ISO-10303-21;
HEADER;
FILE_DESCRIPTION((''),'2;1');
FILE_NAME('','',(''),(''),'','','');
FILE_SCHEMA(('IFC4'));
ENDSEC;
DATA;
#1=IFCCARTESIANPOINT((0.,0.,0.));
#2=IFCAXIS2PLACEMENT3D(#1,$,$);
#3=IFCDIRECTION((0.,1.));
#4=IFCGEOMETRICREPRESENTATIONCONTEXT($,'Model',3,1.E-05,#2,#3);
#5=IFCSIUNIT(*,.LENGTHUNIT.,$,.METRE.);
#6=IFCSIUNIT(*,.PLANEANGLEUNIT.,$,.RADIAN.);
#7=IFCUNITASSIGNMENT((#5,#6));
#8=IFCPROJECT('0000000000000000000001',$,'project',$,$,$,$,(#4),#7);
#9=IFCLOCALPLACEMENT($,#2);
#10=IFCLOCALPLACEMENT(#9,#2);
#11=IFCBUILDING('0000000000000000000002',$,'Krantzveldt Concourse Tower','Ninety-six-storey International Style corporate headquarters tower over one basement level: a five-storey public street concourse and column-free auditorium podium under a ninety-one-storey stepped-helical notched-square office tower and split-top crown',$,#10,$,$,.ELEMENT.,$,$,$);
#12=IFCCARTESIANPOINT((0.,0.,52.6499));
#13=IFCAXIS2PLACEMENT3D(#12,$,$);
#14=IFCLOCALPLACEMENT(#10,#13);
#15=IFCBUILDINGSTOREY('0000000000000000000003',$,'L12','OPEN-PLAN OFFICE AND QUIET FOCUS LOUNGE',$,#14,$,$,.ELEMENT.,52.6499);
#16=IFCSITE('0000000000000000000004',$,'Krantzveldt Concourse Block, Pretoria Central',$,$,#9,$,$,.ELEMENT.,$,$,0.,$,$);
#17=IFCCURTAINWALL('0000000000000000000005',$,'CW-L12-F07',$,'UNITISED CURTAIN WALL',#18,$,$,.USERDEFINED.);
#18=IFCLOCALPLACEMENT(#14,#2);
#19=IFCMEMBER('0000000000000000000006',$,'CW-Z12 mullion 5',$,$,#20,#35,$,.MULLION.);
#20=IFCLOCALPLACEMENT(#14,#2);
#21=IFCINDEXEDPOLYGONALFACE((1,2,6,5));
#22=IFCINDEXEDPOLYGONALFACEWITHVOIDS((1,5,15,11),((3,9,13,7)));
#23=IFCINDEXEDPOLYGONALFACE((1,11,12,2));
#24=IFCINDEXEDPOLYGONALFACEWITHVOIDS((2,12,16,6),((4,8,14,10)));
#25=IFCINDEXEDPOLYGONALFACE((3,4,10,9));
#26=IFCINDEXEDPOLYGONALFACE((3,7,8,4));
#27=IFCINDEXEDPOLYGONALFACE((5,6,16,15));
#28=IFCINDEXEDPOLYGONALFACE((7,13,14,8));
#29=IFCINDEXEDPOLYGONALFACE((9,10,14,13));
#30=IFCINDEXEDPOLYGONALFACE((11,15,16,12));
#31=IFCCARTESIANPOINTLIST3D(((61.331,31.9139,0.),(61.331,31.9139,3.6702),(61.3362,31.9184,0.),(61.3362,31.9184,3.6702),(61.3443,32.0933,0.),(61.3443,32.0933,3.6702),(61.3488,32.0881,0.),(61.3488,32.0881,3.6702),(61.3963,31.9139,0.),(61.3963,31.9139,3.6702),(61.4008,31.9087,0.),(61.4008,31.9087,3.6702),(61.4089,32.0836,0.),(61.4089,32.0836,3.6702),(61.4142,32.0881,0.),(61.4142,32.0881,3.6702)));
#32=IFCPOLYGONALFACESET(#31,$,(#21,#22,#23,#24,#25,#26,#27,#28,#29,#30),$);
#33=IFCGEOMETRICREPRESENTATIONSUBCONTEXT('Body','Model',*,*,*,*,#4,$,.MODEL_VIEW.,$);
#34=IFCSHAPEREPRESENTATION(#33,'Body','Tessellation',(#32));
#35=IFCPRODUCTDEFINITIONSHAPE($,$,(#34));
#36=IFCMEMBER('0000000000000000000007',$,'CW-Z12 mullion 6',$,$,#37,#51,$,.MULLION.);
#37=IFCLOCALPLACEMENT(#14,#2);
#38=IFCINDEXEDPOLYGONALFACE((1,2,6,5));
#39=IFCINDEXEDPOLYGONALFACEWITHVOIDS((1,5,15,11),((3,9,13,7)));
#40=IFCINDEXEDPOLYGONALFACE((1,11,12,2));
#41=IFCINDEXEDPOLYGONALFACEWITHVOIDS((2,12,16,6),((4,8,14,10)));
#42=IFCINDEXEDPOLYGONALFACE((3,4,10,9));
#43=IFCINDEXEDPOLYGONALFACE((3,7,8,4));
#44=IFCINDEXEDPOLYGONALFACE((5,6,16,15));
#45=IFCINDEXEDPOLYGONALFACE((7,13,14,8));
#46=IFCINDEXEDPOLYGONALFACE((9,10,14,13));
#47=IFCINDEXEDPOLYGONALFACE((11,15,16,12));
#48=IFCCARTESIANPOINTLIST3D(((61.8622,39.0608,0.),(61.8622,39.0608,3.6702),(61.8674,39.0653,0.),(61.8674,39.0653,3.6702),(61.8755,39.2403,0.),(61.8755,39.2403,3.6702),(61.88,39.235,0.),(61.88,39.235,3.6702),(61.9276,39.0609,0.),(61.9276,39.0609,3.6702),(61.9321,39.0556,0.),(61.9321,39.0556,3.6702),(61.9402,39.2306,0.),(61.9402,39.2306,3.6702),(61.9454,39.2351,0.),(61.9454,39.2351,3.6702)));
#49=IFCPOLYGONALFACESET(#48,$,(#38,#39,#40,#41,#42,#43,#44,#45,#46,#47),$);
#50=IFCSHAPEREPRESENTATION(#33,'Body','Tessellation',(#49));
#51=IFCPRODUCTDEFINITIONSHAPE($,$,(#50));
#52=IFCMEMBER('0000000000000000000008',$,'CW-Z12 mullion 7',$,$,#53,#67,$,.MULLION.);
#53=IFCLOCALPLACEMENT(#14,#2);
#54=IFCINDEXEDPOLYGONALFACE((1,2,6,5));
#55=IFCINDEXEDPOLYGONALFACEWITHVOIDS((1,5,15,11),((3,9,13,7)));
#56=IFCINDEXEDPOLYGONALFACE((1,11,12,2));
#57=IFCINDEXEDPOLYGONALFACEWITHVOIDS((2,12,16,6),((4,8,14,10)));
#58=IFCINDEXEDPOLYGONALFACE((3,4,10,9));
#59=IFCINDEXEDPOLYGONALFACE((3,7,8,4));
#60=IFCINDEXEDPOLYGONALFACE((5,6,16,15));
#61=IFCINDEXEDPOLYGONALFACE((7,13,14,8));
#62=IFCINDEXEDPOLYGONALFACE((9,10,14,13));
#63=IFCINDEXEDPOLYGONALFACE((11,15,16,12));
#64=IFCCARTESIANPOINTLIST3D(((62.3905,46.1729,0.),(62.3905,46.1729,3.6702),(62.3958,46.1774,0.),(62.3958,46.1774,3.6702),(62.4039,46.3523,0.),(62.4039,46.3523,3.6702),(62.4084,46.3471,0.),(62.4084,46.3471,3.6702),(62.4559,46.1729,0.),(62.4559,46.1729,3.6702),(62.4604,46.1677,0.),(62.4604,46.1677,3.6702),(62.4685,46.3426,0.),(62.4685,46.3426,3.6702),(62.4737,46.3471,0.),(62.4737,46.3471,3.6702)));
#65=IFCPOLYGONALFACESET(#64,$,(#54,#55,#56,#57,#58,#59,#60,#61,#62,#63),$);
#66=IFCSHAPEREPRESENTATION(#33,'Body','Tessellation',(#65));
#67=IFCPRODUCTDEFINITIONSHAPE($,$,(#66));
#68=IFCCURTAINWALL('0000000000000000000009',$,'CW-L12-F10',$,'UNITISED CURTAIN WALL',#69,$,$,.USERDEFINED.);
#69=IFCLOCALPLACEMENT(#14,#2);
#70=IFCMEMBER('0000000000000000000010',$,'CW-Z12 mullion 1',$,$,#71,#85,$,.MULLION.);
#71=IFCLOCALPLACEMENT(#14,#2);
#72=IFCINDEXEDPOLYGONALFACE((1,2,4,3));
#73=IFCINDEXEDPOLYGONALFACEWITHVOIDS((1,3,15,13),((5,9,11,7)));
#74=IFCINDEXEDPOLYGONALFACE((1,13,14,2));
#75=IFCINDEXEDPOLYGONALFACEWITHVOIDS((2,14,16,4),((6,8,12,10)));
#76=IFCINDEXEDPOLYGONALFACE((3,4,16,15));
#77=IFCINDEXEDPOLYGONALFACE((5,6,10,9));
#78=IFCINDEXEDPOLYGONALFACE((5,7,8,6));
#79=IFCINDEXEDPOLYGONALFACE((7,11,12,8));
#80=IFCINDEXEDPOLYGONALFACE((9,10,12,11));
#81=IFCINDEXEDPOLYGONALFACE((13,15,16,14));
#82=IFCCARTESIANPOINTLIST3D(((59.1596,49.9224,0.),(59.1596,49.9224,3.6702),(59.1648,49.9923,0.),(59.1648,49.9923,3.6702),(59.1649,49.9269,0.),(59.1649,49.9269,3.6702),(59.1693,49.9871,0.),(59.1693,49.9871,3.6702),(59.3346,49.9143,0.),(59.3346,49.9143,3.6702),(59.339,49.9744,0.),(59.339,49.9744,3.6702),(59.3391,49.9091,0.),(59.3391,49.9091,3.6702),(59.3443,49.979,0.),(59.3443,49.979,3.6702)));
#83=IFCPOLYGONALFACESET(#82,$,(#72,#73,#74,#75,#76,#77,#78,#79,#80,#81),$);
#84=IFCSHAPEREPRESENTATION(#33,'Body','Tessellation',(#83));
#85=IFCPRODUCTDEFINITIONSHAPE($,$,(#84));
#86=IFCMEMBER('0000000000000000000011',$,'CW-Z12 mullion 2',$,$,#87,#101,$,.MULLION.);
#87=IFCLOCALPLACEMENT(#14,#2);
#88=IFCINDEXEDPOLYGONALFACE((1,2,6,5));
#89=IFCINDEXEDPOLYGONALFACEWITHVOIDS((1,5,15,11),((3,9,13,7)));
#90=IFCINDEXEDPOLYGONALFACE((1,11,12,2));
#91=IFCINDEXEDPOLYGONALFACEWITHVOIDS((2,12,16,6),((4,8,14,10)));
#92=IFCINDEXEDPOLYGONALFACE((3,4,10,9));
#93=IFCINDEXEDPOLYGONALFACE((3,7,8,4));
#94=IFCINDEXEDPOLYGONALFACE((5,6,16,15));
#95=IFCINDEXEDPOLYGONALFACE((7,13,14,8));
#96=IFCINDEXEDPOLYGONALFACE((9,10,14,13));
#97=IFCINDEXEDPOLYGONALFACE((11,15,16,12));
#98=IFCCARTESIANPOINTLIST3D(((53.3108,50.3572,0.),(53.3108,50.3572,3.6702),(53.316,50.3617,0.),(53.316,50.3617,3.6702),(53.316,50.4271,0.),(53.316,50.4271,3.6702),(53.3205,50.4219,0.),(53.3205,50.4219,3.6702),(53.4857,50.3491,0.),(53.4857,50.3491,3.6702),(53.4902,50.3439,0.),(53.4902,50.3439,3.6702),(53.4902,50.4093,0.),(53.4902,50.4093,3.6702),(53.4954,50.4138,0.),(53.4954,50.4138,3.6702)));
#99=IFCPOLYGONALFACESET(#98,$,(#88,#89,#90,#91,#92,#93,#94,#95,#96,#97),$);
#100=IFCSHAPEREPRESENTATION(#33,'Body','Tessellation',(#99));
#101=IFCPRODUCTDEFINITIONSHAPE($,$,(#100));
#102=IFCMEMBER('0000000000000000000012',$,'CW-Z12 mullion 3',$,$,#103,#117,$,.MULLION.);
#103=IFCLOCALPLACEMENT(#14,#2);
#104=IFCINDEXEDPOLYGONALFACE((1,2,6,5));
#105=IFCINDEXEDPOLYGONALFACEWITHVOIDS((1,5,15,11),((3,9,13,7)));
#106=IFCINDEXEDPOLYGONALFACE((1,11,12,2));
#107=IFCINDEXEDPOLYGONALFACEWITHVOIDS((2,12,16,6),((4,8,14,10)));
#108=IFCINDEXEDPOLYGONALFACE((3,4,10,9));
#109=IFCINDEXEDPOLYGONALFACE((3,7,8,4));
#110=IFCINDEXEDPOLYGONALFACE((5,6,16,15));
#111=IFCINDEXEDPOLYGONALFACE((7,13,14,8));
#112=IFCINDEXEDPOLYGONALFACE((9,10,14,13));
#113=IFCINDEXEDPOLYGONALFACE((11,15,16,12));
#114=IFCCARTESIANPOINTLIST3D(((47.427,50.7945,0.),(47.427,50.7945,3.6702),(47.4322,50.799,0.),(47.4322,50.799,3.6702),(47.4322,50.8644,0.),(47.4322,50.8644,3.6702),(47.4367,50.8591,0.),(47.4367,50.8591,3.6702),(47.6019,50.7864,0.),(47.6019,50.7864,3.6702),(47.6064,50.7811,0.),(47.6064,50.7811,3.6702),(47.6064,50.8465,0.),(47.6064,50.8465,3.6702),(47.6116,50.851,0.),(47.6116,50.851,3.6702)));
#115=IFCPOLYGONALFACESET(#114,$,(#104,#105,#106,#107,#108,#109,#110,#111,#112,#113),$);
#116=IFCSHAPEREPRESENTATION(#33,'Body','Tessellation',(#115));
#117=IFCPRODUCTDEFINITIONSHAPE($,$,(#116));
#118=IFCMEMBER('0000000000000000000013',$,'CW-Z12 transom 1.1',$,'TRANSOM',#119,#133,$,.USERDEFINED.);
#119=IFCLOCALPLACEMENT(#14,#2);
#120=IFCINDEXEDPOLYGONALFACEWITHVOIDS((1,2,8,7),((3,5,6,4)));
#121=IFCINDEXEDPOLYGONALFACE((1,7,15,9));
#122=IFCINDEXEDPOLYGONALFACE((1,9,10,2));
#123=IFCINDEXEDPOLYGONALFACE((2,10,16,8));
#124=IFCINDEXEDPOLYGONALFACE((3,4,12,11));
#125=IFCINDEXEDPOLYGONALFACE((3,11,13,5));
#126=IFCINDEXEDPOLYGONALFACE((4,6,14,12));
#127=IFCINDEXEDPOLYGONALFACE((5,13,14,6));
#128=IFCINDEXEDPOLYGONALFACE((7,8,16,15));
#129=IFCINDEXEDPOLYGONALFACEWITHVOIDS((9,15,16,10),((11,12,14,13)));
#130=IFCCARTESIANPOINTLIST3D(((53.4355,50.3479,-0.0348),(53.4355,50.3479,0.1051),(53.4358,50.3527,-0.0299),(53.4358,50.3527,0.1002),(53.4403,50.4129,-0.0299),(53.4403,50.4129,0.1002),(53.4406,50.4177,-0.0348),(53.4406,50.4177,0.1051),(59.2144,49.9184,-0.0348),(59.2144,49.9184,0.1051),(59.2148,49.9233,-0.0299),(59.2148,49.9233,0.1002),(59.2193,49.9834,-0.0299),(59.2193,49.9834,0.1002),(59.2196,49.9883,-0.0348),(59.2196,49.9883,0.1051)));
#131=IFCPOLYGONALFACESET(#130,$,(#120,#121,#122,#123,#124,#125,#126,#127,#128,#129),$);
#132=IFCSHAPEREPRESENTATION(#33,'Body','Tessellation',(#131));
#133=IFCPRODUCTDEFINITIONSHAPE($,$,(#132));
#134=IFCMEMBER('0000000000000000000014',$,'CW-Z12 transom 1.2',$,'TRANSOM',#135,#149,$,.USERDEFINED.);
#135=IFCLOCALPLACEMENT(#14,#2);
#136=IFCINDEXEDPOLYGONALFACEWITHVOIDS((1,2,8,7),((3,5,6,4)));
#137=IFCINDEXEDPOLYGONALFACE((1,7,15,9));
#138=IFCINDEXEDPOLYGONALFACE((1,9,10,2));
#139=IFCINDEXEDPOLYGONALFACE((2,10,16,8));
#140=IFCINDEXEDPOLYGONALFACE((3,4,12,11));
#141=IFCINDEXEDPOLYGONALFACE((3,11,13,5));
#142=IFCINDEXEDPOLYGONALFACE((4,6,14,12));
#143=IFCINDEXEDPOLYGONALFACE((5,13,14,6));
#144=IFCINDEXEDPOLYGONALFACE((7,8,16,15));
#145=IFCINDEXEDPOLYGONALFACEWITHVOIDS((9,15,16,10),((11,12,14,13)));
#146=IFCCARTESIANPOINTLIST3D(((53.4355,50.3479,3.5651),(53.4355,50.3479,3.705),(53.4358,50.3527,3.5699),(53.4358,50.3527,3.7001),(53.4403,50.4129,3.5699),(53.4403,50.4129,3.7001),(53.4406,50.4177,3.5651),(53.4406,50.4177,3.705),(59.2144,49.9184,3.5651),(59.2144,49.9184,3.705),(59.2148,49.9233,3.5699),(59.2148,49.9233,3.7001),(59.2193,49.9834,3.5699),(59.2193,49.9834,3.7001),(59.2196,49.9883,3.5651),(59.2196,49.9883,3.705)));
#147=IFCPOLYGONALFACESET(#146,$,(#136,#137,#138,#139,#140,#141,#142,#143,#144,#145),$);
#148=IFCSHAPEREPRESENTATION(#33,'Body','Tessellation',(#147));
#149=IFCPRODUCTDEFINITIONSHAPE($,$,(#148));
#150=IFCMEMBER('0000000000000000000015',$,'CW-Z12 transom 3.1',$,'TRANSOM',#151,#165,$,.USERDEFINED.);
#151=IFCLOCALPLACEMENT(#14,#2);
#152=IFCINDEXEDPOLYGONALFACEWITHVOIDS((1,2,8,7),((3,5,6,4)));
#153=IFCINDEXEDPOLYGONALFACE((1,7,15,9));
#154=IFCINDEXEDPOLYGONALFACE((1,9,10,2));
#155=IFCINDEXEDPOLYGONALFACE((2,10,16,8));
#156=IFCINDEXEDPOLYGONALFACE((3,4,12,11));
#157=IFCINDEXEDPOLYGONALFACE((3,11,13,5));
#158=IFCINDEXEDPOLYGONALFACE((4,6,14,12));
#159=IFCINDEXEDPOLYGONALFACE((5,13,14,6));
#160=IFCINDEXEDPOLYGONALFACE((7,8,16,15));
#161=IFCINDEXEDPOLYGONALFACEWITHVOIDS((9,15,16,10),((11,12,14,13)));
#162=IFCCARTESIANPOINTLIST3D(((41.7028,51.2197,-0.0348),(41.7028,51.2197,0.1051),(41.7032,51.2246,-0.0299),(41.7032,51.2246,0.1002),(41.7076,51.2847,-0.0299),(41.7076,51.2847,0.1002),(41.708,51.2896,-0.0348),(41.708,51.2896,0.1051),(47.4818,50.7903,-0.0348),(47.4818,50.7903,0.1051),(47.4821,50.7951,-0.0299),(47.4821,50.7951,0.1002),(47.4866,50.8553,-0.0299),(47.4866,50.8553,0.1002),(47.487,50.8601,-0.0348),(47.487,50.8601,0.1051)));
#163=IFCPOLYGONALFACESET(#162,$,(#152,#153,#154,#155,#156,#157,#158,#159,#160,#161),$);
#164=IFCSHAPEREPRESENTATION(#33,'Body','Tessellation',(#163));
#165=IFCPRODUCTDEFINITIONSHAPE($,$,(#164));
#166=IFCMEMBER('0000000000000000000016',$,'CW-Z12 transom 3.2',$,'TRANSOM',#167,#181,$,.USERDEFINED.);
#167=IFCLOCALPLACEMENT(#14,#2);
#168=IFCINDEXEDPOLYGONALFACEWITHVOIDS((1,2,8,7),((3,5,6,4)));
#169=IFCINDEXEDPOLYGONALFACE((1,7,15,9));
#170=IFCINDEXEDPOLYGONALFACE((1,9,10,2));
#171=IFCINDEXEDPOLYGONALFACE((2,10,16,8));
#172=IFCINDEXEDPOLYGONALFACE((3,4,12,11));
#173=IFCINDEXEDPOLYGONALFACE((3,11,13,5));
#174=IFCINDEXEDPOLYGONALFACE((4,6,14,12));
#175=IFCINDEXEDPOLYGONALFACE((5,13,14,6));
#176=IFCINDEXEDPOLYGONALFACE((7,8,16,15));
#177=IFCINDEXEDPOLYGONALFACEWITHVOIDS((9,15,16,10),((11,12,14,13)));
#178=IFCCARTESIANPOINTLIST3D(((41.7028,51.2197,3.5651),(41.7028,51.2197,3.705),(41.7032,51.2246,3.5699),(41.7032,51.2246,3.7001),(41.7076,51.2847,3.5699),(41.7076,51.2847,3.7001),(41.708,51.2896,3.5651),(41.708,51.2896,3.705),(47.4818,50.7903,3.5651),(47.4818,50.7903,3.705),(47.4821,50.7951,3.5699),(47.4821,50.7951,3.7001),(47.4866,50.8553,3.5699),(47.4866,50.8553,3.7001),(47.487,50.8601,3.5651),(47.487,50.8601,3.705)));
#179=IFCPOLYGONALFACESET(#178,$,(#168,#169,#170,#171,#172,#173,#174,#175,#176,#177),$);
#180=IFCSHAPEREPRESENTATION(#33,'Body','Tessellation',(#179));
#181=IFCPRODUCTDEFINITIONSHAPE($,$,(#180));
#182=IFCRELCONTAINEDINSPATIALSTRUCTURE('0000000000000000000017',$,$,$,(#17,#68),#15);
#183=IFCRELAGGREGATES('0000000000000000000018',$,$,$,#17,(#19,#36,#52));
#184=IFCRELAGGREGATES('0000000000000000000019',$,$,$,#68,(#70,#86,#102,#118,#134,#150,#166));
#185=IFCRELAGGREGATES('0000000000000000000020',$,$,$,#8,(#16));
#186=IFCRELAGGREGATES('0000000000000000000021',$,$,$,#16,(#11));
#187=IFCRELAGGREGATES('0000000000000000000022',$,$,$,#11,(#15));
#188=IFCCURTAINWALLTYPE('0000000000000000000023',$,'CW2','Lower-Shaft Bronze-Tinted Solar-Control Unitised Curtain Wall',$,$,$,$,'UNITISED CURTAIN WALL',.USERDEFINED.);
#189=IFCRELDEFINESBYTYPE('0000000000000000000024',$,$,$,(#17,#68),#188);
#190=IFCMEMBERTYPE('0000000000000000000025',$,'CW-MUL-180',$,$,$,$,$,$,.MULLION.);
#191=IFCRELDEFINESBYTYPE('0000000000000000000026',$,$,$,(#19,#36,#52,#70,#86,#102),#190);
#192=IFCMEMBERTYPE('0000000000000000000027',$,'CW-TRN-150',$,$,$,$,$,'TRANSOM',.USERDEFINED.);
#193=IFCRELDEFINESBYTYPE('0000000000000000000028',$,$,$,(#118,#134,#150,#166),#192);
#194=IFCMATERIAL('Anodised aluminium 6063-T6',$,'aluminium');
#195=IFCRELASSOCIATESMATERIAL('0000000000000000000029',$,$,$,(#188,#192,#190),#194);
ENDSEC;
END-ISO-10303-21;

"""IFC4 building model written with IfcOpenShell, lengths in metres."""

from ifc_helpers import new_model, si_unit, direction, frame, origin, origin_2d, place, context, subcontext, project, spatial, hollow_rectangle, extrude, source, transform, mapped, material, material_profile, profile_set, type_object, type_shapes, element, aggregate, save


model = new_model("IFC4")

# Units and contexts
model_context = context("Model", 3, precision=1e-05, world=origin(), true_north=direction((0.0, 1.0)))
body_context = subcontext(model_context, "Body", "Model", "MODEL_VIEW")
ifc_project = project(units=[si_unit("LENGTHUNIT", "METRE"), si_unit("PLANEANGLEUNIT", "RADIAN")], contexts=[model_context])

# Site, building, storey
site_placement = place(None, origin())
site = spatial("IfcSite", under=ifc_project, at=site_placement, Name="Krantzveldt Concourse Block, Pretoria Central", CompositionType="ELEMENT", RefElevation=0.0)
building_placement = place(site_placement, origin())
building = spatial("IfcBuilding", under=site, at=building_placement, Name="Krantzveldt Concourse Tower", Description="Ninety-six-storey International Style corporate headquarters tower over one basement level: a five-storey public street concourse and column-free auditorium podium under a ninety-one-storey stepped-helical notched-square office tower and split-top crown", CompositionType="ELEMENT")
storey_placement = place(building_placement, frame((0.0, 0.0, 52.6499)))
storey = spatial("IfcBuildingStorey", under=building, at=storey_placement, Name="L12", Description="OPEN-PLAN OFFICE AND QUIET FOCUS LOUNGE", CompositionType="ELEMENT", Elevation=52.6499)

# Curtain walls, members
ifc_material_1 = material(Name="Anodised aluminium 6063-T6", Category="aluminium")
curtain_wall_type = type_object("IfcCurtainWallType", Name="CW2", Description="Lower-Shaft Bronze-Tinted Solar-Control Unitised Curtain Wall", ElementType="UNITISED CURTAIN WALL", PredefinedType="USERDEFINED", material=ifc_material_1)
curtain_wall_1_placement = place(storey_placement, origin())
curtain_wall_1 = element("IfcCurtainWall", 1, at=curtain_wall_1_placement, inside=storey, type_object=curtain_wall_type, Name="CW-L12-F07", ObjectType="UNITISED CURTAIN WALL", PredefinedType="USERDEFINED")
ifc_material_profile_1 = material_profile(ifc_material_1, hollow_rectangle(XDim=0.0701, YDim=0.1399, WallThickness=0.0049, at=origin_2d()), Name="Anodised aluminium 6063-T6", Category="aluminium")
ifc_profile_set_1 = profile_set([ifc_material_profile_1], Name="Anodised aluminium 6063-T6 - ALU-TRAN 140x70x5")
member_type_1 = type_object("IfcMemberType", Name="CW-TRN-150", ElementType="TRANSOM", PredefinedType="USERDEFINED", material=ifc_profile_set_1)
ifc_material_profile_2 = material_profile(ifc_material_1, hollow_rectangle(XDim=0.0701, YDim=0.1799, WallThickness=0.0049, at=origin_2d()), Name="Anodised aluminium 6063-T6", Category="aluminium")
ifc_profile_set_2 = profile_set([ifc_material_profile_2], Name="Anodised aluminium 6063-T6 - ALU-MULL 180x70x5")
member_type_2 = type_object("IfcMemberType", Name="CW-MUL-180", PredefinedType="MULLION", material=ifc_profile_set_2)
shared_shape_1 = source(origin(), body_context, "Body", "SweptSolid", [
    extrude(hollow_rectangle(XDim=0.0701, YDim=0.1799, WallThickness=0.0049, at=origin_2d()), origin(), (0.0, 0.0, 1.0), 3.6702),
])
type_shapes(member_type_2, [shared_shape_1])
member_1_placement = place(storey_placement, frame((61.3726, 32.001, 0.0), z_axis=(0.0, 0.0, 1.0), x_axis=(-0.99725, 0.074109, 0.0)))
member_1 = element("IfcMember", 2, at=member_1_placement, type_object=member_type_2, Name="CW-Z12 mullion 5", PredefinedType="MULLION", context=body_context, shape_type="MappedRepresentation", body=[
    mapped(shared_shape_1, transform((0.0, 0.0, 0.0), x_axis=(1.0, 0.0, 0.0), y_axis=(0.0, 1.0, 0.0), z_axis=(0.0, 0.0, 1.0), scale=1.0)),
])
member_2_placement = place(storey_placement, frame((61.9038, 39.1479, 0.0), z_axis=(0.0, 0.0, 1.0), x_axis=(-0.99725, 0.074109, 0.0)))
member_2 = element("IfcMember", 3, at=member_2_placement, type_object=member_type_2, Name="CW-Z12 mullion 6", PredefinedType="MULLION", context=body_context, shape_type="MappedRepresentation", body=[
    mapped(shared_shape_1, transform((0.0, 0.0, 0.0), x_axis=(1.0, 0.0, 0.0), y_axis=(0.0, 1.0, 0.0), z_axis=(0.0, 0.0, 1.0), scale=1.0)),
])
member_3_placement = place(storey_placement, frame((62.4321, 46.26, 0.0), z_axis=(0.0, 0.0, 1.0), x_axis=(-0.99725, 0.074109, 0.0)))
member_3 = element("IfcMember", 4, at=member_3_placement, type_object=member_type_2, Name="CW-Z12 mullion 7", PredefinedType="MULLION", context=body_context, shape_type="MappedRepresentation", body=[
    mapped(shared_shape_1, transform((0.0, 0.0, 0.0), x_axis=(1.0, 0.0, 0.0), y_axis=(0.0, 1.0, 0.0), z_axis=(0.0, 0.0, 1.0), scale=1.0)),
])
curtain_wall_2_placement = place(storey_placement, origin())
curtain_wall_2 = element("IfcCurtainWall", 5, at=curtain_wall_2_placement, inside=storey, type_object=curtain_wall_type, Name="CW-L12-F10", ObjectType="UNITISED CURTAIN WALL", PredefinedType="USERDEFINED")
member_4_placement = place(storey_placement, frame((59.252, 49.9507, 0.0), z_axis=(0.0, 0.0, 1.0), x_axis=(-0.074108, -0.99725, 0.0)))
member_4 = element("IfcMember", 6, at=member_4_placement, type_object=member_type_2, Name="CW-Z12 mullion 1", PredefinedType="MULLION", context=body_context, shape_type="MappedRepresentation", body=[
    mapped(shared_shape_1, transform((0.0, 0.0, 0.0), x_axis=(1.0, 0.0, 0.0), y_axis=(0.0, 1.0, 0.0), z_axis=(0.0, 0.0, 1.0), scale=1.0)),
])
member_5_placement = place(storey_placement, frame((53.4031, 50.3855, 0.0), z_axis=(0.0, 0.0, 1.0), x_axis=(-0.074108, -0.99725, 0.0)))
member_5 = element("IfcMember", 7, at=member_5_placement, type_object=member_type_2, Name="CW-Z12 mullion 2", PredefinedType="MULLION", context=body_context, shape_type="MappedRepresentation", body=[
    mapped(shared_shape_1, transform((0.0, 0.0, 0.0), x_axis=(1.0, 0.0, 0.0), y_axis=(0.0, 1.0, 0.0), z_axis=(0.0, 0.0, 1.0), scale=1.0)),
])
member_6_placement = place(storey_placement, frame((47.5193, 50.8228, 0.0), z_axis=(0.0, 0.0, 1.0), x_axis=(-0.074108, -0.99725, 0.0)))
member_6 = element("IfcMember", 8, at=member_6_placement, type_object=member_type_2, Name="CW-Z12 mullion 3", PredefinedType="MULLION", context=body_context, shape_type="MappedRepresentation", body=[
    mapped(shared_shape_1, transform((0.0, 0.0, 0.0), x_axis=(1.0, 0.0, 0.0), y_axis=(0.0, 1.0, 0.0), z_axis=(0.0, 0.0, 1.0), scale=1.0)),
])
shared_shape_2 = source(origin(), body_context, "Body", "SweptSolid", [
    extrude(hollow_rectangle(XDim=0.0701, YDim=0.1399, WallThickness=0.0049, at=origin_2d()), origin(), (0.0, 0.0, 1.0), 5.7949),
])
member_7_placement = place(storey_placement, frame((59.217, 49.9534, 0.0352), z_axis=(-0.99725, 0.074106, 0.0), x_axis=(-0.074106, -0.99725, 0.0)))
member_7 = element("IfcMember", 9, at=member_7_placement, type_object=member_type_1, Name="CW-Z12 transom 1.1", ObjectType="TRANSOM", PredefinedType="USERDEFINED", context=body_context, shape_type="MappedRepresentation", body=[
    mapped(shared_shape_2, transform((0.0, 0.0, 0.0), x_axis=(1.0, 0.0, 0.0), y_axis=(0.0, 1.0, 0.0), z_axis=(0.0, 0.0, 1.0), scale=1.0)),
])
member_8_placement = place(storey_placement, frame((59.217, 49.9534, 3.635), z_axis=(-0.99725, 0.074106, 0.0), x_axis=(-0.074106, -0.99725, 0.0)))
member_8 = element("IfcMember", 10, at=member_8_placement, type_object=member_type_1, Name="CW-Z12 transom 1.2", ObjectType="TRANSOM", PredefinedType="USERDEFINED", context=body_context, shape_type="MappedRepresentation", body=[
    mapped(shared_shape_2, transform((0.0, 0.0, 0.0), x_axis=(1.0, 0.0, 0.0), y_axis=(0.0, 1.0, 0.0), z_axis=(0.0, 0.0, 1.0), scale=1.0)),
])
member_9_placement = place(storey_placement, frame((47.4844, 50.8252, 0.0352), z_axis=(-0.99725, 0.074106, 0.0), x_axis=(-0.074106, -0.99725, 0.0)))
member_9 = element("IfcMember", 11, at=member_9_placement, type_object=member_type_1, Name="CW-Z12 transom 3.1", ObjectType="TRANSOM", PredefinedType="USERDEFINED", context=body_context, shape_type="MappedRepresentation", body=[
    mapped(shared_shape_2, transform((0.0, 0.0, 0.0), x_axis=(1.0, 0.0, 0.0), y_axis=(0.0, 1.0, 0.0), z_axis=(0.0, 0.0, 1.0), scale=1.0)),
])
member_10_placement = place(storey_placement, frame((47.4844, 50.8252, 3.635), z_axis=(-0.99725, 0.074106, 0.0), x_axis=(-0.074106, -0.99725, 0.0)))
member_10 = element("IfcMember", 12, at=member_10_placement, type_object=member_type_1, Name="CW-Z12 transom 3.2", ObjectType="TRANSOM", PredefinedType="USERDEFINED", context=body_context, shape_type="MappedRepresentation", body=[
    mapped(shared_shape_2, transform((0.0, 0.0, 0.0), x_axis=(1.0, 0.0, 0.0), y_axis=(0.0, 1.0, 0.0), z_axis=(0.0, 0.0, 1.0), scale=1.0)),
])

aggregate(curtain_wall_1, [member_1, member_2, member_3])
aggregate(curtain_wall_2, [member_4, member_5, member_6, member_7, member_8, member_9, member_10])

save(model, "model.ifc")
